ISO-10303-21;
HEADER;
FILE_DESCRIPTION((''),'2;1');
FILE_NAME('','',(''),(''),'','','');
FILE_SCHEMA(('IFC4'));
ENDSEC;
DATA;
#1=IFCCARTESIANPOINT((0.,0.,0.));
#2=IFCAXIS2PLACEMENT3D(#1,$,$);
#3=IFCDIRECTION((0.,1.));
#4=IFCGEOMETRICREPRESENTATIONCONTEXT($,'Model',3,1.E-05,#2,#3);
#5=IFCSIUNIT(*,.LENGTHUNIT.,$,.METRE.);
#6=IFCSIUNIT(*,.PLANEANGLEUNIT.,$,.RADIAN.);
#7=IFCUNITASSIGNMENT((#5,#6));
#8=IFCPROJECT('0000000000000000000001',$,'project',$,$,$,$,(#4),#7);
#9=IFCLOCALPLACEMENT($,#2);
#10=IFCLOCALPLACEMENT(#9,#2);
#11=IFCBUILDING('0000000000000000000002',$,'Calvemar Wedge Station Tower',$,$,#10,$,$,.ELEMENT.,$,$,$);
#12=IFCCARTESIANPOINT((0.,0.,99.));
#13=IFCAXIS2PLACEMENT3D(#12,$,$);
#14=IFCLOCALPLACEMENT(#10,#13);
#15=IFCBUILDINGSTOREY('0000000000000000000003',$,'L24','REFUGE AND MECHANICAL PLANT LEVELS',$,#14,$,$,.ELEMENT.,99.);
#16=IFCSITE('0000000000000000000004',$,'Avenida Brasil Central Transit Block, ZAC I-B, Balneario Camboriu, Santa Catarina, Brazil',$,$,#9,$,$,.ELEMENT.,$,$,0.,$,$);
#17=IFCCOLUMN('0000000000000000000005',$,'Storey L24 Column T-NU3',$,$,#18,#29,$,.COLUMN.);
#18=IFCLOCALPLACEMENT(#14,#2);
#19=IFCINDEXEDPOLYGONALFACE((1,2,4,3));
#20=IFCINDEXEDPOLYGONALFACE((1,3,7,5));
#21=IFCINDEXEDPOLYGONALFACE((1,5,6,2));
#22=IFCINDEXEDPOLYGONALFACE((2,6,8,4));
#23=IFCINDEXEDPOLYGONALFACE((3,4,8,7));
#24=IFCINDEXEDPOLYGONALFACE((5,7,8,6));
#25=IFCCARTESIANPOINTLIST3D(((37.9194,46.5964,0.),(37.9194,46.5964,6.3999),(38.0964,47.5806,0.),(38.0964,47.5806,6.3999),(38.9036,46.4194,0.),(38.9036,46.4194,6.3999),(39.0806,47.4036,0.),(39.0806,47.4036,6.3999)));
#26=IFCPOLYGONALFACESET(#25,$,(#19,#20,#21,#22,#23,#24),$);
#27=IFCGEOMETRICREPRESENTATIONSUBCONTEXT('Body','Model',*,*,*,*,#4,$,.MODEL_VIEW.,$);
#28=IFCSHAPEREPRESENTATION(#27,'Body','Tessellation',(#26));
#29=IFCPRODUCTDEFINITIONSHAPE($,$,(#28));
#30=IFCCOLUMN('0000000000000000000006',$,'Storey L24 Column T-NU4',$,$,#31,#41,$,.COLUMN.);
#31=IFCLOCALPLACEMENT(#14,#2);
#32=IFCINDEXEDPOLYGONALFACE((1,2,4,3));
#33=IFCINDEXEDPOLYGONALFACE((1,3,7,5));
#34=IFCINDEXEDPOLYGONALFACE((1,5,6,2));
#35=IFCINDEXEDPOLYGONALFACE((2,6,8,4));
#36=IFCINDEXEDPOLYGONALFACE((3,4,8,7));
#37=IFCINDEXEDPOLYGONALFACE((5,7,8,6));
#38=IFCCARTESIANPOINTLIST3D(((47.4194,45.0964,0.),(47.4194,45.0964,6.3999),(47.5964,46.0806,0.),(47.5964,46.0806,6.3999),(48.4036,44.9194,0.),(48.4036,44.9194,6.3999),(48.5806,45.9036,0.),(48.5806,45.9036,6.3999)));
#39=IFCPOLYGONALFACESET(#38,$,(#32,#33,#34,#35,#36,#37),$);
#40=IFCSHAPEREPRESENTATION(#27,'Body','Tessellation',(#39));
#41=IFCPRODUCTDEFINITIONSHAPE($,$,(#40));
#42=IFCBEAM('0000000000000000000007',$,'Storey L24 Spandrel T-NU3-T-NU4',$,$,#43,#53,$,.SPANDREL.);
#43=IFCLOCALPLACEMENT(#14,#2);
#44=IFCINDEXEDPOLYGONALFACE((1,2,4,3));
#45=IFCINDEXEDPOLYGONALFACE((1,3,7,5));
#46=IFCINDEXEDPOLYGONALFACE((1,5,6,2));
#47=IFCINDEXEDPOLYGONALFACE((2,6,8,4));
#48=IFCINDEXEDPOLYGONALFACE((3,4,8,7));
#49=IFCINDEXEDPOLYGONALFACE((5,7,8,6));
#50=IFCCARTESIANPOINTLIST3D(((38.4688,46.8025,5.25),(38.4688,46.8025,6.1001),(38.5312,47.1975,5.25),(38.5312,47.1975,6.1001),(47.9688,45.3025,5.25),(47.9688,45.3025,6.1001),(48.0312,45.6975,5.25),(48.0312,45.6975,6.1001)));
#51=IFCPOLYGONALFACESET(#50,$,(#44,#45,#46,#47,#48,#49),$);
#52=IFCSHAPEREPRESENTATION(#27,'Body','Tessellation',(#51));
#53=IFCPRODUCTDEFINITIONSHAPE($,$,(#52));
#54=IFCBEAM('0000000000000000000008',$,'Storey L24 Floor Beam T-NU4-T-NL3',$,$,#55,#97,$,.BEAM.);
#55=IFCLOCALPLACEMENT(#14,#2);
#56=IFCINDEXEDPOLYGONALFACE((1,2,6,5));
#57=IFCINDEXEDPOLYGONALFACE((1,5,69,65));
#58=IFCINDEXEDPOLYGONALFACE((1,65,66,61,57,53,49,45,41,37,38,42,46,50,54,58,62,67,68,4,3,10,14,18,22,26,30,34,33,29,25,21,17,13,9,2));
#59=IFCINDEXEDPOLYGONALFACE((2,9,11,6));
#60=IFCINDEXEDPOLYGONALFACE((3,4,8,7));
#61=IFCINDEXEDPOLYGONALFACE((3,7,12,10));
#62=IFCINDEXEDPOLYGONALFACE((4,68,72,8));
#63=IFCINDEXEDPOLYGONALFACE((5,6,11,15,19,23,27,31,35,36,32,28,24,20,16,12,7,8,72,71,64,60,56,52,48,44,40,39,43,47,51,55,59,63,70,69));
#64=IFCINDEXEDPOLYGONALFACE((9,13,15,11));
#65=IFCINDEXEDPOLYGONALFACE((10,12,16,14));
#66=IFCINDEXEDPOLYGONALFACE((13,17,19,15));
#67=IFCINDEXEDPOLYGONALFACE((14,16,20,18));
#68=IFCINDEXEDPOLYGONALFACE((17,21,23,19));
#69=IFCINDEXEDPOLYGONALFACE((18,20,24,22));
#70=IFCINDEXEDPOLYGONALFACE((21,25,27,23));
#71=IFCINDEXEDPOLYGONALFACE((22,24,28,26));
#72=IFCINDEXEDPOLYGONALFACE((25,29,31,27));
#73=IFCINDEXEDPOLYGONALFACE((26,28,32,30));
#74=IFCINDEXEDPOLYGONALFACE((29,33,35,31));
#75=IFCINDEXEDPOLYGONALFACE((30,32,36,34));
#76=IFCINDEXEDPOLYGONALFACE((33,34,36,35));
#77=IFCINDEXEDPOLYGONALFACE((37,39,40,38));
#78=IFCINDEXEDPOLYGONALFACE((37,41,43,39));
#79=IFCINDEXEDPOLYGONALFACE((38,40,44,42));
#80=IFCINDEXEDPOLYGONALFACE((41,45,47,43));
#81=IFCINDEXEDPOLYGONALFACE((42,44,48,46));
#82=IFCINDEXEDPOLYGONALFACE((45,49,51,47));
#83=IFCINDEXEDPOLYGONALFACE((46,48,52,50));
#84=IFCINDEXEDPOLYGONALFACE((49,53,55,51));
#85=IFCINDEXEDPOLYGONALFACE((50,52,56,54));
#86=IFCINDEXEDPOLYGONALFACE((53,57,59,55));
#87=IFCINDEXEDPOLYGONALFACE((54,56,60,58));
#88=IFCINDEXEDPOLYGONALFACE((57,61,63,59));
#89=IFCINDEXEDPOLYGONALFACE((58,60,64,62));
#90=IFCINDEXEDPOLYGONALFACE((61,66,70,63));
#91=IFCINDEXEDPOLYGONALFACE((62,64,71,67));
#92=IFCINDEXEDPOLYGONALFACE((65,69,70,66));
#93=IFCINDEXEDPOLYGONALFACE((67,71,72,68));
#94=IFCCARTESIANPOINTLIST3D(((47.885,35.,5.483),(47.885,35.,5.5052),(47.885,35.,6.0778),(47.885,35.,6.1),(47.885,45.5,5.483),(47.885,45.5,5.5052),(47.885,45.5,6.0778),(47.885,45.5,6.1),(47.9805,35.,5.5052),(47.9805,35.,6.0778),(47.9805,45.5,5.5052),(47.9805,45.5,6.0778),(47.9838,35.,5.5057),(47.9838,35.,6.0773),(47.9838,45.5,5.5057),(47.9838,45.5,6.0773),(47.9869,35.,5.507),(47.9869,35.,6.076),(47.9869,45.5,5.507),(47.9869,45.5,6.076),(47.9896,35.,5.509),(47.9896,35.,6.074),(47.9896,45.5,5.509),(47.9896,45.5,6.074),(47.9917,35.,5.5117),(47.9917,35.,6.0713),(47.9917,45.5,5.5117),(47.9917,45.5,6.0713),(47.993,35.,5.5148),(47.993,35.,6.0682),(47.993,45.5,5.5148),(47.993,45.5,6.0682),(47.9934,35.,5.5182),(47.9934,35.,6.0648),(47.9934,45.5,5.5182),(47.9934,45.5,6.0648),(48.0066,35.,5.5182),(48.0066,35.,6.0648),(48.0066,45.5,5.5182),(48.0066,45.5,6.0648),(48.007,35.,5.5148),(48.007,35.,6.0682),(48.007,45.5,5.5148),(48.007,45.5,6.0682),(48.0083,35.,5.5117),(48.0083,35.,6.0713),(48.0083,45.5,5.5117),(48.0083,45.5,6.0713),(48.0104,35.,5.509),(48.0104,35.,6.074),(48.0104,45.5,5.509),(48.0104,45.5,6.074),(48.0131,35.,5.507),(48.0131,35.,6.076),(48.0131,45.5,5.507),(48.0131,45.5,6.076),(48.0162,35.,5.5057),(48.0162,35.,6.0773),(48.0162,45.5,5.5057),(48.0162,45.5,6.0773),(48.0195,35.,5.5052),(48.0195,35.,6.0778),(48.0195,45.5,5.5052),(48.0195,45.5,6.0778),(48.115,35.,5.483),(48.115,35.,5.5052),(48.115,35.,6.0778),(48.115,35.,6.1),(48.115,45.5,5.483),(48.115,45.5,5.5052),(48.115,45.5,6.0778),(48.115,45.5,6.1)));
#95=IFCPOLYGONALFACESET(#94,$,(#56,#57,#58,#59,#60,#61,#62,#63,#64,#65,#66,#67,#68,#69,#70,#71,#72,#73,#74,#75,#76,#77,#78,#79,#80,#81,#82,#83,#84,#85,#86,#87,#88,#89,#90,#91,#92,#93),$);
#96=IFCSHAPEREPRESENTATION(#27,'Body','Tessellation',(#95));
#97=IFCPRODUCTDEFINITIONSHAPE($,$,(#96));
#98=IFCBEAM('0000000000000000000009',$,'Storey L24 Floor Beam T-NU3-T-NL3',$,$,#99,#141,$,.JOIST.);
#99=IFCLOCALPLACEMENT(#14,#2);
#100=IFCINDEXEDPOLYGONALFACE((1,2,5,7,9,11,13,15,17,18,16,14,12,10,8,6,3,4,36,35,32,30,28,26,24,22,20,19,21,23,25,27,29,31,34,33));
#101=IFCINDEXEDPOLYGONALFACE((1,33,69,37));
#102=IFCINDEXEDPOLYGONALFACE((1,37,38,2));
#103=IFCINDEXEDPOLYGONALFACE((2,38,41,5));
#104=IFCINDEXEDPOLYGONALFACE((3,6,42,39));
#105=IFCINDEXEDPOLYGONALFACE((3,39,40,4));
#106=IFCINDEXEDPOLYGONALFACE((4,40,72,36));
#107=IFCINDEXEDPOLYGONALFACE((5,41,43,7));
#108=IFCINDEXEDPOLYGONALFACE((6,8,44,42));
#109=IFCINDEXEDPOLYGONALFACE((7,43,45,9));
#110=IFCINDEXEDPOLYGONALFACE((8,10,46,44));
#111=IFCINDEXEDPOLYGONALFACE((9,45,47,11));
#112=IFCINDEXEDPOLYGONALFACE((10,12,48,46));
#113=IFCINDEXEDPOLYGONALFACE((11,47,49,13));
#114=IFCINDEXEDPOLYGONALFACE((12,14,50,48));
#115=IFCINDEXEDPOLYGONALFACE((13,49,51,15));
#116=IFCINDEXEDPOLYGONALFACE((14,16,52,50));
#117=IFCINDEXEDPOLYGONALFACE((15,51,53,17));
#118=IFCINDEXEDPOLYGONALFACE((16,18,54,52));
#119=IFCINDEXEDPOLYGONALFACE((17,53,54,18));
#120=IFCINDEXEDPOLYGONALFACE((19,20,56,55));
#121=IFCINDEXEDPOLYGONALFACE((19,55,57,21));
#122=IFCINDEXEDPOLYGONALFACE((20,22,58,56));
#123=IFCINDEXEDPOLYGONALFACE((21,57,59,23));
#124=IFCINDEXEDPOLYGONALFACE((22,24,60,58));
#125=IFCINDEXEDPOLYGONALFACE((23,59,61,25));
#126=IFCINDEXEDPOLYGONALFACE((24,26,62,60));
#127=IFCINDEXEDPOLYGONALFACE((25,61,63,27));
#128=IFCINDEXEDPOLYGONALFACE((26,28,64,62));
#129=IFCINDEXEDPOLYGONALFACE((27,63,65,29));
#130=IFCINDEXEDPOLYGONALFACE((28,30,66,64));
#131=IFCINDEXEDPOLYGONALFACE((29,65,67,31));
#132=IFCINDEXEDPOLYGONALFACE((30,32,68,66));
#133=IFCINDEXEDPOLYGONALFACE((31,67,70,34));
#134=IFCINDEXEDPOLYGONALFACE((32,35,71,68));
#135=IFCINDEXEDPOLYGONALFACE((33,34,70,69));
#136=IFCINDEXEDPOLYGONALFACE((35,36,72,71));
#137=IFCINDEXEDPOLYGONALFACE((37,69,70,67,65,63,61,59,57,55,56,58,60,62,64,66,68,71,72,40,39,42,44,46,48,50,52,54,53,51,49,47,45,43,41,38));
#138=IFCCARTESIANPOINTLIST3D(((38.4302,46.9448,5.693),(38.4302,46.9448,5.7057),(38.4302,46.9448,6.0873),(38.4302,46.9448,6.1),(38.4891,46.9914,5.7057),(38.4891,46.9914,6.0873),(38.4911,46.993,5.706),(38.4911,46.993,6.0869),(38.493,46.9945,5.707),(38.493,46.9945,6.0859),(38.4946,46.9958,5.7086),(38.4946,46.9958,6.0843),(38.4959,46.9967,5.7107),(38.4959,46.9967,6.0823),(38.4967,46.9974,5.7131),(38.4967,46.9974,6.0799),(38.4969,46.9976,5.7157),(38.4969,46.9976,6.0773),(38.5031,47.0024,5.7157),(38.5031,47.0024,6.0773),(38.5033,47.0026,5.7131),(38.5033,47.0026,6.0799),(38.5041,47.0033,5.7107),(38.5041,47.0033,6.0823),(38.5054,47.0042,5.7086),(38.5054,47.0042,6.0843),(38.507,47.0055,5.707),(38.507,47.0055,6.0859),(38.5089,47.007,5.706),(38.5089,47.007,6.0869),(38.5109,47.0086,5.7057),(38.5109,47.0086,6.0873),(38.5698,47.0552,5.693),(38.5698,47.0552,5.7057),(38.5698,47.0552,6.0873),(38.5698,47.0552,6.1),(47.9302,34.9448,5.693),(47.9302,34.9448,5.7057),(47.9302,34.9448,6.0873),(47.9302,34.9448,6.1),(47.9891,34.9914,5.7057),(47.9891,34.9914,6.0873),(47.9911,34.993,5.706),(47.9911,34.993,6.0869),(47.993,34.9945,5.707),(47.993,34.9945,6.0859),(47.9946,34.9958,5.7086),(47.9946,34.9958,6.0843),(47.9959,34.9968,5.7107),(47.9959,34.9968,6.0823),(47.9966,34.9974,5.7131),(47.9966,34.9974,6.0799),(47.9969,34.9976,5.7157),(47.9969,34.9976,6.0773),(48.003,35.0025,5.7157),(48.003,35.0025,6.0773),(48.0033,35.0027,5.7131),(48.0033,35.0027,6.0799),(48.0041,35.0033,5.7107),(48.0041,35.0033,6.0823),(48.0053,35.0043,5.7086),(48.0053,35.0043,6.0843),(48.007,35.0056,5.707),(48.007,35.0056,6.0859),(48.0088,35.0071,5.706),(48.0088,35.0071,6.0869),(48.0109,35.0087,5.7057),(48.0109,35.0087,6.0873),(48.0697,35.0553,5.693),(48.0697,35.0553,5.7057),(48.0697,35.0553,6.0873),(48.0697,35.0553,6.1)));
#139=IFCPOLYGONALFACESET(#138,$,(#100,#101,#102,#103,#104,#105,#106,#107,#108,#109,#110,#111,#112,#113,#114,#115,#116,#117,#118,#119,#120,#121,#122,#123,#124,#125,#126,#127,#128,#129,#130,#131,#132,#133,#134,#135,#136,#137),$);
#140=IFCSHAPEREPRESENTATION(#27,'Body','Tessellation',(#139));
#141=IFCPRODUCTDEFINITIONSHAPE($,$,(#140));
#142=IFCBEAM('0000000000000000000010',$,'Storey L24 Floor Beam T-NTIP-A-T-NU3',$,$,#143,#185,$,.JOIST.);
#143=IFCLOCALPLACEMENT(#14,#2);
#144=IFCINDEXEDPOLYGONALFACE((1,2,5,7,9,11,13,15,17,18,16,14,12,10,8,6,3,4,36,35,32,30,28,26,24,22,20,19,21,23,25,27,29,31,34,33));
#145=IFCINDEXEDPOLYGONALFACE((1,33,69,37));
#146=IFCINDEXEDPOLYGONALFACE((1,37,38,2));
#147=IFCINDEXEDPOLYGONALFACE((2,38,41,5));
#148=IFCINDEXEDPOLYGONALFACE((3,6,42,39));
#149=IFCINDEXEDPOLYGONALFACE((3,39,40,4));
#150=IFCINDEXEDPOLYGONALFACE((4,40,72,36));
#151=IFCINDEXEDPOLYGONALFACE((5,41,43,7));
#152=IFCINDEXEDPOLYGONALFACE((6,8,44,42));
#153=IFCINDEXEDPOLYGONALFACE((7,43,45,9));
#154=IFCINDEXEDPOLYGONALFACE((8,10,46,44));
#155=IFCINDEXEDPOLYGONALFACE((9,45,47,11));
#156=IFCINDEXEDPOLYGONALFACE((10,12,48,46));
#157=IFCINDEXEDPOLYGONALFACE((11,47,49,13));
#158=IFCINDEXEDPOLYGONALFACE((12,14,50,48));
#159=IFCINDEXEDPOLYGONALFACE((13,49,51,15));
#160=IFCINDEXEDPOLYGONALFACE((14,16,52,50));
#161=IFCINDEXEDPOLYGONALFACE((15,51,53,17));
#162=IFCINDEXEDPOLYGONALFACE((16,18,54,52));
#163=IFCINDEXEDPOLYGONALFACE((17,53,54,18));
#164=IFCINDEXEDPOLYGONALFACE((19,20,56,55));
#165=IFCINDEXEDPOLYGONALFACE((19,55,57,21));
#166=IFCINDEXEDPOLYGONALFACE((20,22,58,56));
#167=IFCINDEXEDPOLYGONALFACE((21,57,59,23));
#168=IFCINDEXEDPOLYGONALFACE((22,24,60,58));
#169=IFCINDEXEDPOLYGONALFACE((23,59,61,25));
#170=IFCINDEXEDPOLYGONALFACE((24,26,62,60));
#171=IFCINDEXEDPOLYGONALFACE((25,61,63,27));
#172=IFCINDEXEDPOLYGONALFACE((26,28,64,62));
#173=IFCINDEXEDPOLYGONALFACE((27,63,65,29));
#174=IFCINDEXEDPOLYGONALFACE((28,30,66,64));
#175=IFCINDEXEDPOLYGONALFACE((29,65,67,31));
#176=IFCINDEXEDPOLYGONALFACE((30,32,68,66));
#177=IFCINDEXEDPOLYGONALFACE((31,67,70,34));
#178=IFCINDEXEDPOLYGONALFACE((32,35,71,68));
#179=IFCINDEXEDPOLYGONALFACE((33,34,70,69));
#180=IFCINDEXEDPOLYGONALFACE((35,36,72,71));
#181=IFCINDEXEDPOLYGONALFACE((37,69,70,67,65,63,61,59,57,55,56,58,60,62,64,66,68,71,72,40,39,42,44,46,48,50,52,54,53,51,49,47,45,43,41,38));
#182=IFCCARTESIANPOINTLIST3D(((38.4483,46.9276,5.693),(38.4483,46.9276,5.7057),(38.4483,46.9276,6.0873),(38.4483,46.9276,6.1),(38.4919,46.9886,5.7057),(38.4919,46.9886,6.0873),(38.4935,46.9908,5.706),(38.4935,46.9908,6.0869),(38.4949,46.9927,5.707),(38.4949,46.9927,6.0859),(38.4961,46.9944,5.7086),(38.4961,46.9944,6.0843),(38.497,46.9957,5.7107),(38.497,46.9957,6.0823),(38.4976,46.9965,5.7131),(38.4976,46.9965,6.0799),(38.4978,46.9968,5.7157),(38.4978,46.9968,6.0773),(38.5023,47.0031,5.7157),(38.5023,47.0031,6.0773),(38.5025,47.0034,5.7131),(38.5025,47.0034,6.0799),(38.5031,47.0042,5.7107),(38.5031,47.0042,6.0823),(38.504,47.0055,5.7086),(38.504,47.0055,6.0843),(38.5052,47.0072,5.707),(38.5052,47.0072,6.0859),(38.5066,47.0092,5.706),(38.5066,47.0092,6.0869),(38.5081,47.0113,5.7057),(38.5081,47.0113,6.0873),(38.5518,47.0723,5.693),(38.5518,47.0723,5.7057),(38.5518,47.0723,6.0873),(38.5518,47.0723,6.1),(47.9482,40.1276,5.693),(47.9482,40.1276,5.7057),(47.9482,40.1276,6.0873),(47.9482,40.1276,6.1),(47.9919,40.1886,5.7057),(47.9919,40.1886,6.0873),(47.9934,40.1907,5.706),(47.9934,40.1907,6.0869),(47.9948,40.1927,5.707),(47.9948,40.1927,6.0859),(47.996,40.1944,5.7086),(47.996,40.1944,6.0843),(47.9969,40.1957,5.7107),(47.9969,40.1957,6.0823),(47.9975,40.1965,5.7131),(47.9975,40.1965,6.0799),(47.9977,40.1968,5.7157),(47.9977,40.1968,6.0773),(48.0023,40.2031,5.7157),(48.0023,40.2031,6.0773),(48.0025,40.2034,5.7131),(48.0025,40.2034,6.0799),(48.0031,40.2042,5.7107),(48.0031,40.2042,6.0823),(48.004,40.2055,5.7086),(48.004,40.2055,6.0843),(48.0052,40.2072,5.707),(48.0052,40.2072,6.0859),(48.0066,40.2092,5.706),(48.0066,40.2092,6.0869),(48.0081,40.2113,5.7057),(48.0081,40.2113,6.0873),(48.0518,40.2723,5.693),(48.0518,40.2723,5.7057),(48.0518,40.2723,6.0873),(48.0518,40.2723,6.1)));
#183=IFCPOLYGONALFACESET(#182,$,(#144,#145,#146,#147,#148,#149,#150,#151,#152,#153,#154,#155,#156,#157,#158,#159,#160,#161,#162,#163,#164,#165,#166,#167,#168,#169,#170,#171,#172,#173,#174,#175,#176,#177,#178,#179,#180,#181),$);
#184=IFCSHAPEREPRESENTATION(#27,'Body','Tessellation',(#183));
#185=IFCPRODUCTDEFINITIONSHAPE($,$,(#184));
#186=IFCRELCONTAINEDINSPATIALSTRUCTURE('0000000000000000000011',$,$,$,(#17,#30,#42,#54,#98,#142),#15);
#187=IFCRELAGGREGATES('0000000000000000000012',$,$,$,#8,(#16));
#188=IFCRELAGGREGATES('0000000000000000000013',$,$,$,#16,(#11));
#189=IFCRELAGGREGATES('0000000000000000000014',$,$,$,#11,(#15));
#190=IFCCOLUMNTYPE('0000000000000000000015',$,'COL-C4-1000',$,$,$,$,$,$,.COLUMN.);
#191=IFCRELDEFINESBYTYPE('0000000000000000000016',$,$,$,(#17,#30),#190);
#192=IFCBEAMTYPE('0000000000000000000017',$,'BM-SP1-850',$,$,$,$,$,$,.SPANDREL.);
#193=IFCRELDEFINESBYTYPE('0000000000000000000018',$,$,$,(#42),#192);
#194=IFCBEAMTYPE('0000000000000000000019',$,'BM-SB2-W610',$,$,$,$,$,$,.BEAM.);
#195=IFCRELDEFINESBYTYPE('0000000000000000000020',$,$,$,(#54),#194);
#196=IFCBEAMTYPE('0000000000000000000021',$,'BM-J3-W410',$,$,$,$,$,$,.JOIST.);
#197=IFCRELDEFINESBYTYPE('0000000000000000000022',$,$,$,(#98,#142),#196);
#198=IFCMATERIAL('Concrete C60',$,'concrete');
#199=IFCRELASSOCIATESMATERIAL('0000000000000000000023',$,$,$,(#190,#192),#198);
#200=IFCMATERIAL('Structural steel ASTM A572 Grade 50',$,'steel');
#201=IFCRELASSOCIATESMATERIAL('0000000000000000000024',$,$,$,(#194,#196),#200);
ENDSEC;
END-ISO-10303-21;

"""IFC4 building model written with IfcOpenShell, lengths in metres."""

from ifc_helpers import new_model, si_unit, direction, frame, origin, origin_2d, place, context, subcontext, project, spatial, rectangle, i_section, extrude, source, transform, mapped, material, material_profile, profile_set, type_object, element, save


model = new_model("IFC4")

# Units and contexts
model_context = context("Model", 3, precision=1e-05, world=origin(), true_north=direction((0.0, 1.0)))
body_context = subcontext(model_context, "Body", "Model", "MODEL_VIEW")
ifc_project = project(units=[si_unit("LENGTHUNIT", "METRE"), si_unit("PLANEANGLEUNIT", "RADIAN")], contexts=[model_context])

# Site, building, storey
site_placement = place(None, origin())
site = spatial("IfcSite", under=ifc_project, at=site_placement, Name="Avenida Brasil Central Transit Block, ZAC I-B, Balneario Camboriu, Santa Catarina, Brazil", CompositionType="ELEMENT", RefElevation=0.0)
building_placement = place(site_placement, origin())
building = spatial("IfcBuilding", under=site, at=building_placement, Name="Calvemar Wedge Station Tower", CompositionType="ELEMENT")
storey_placement = place(building_placement, frame((0.0, 0.0, 99.0)))
storey = spatial("IfcBuildingStorey", under=building, at=storey_placement, Name="L24", Description="REFUGE AND MECHANICAL PLANT LEVELS", CompositionType="ELEMENT", Elevation=99.0)

# Columns
ifc_material_1 = material(Name="Concrete C60", Category="concrete")
ifc_material_profile_1 = material_profile(ifc_material_1, rectangle(XDim=1.0, YDim=1.0, at=origin_2d()), Name="RC1000x1000")
ifc_profile_set_1 = profile_set([ifc_material_profile_1], Name="Concrete C60")
column_type = type_object("IfcColumnType", Name="COL-C4-1000", PredefinedType="COLUMN", material=ifc_profile_set_1)
shared_shape_1 = source(origin(), body_context, "Body", "SweptSolid", [
    extrude(rectangle(XDim=1.0, YDim=1.0, at=origin_2d()), origin(), (0.0, 0.0, 1.0), 6.3999),
])
for number, where, z_axis, x_axis, name in (
    (1, (38.5, 47.0, 0.0), (0.0, 0.0, 1.0), (0.984196, -0.177085, 0.0), "Storey L24 Column T-NU3"),
    (2, (48.0, 45.5, 0.0), (0.0, 0.0, 1.0), (0.984196, -0.177085, 0.0), "Storey L24 Column T-NU4"),
):
    element("IfcColumn", number, at=place(storey_placement, frame(where, z_axis=z_axis, x_axis=x_axis)), inside=storey, type_object=column_type, Name=name, PredefinedType="COLUMN", context=body_context, shape_type="MappedRepresentation", body=[
        mapped(shared_shape_1, transform((0.0, 0.0, 0.0), scale=1.0)),
    ])

# Beams
ifc_material_profile_2 = material_profile(ifc_material_1, rectangle(XDim=0.3999, YDim=0.8501, at=origin_2d()), Name="RC400x850")
ifc_profile_set_2 = profile_set([ifc_material_profile_2], Name="Concrete C60")
beam_type_1 = type_object("IfcBeamType", Name="BM-SP1-850", PredefinedType="SPANDREL", material=ifc_profile_set_2)
shared_shape_2 = source(origin(), body_context, "Body", "SweptSolid", [
    extrude(rectangle(XDim=0.3999, YDim=0.8501, at=origin_2d()), origin(), (0.0, 0.0, 1.0), 9.6177),
])
beam_1_placement = place(storey_placement, frame((38.5, 47.0, 5.675), z_axis=(0.987763, -0.155963, 0.0), x_axis=(0.155963, 0.987763, 0.0)))
element("IfcBeam", 3, at=beam_1_placement, inside=storey, type_object=beam_type_1, Name="Storey L24 Spandrel T-NU3-T-NU4", PredefinedType="SPANDREL", context=body_context, shape_type="MappedRepresentation", body=[
    mapped(shared_shape_2, transform((0.0, 0.0, 0.0), scale=1.0)),
])
ifc_material_2 = material(Name="Structural steel ASTM A572 Grade 50", Category="steel")
ifc_material_profile_3 = material_profile(ifc_material_2, i_section(OverallWidth=0.23, OverallDepth=0.6169, WebThickness=0.0132, FlangeThickness=0.0222, FilletRadius=0.0129, at=origin_2d()), Name="W610x140")
ifc_profile_set_3 = profile_set([ifc_material_profile_3], Name="Structural steel ASTM A572 Grade 50")
beam_type_2 = type_object("IfcBeamType", Name="BM-SB2-W610", PredefinedType="BEAM", material=ifc_profile_set_3)
shared_shape_3 = source(origin(), body_context, "Body", "SweptSolid", [
    extrude(i_section(OverallWidth=0.23, OverallDepth=0.6169, WebThickness=0.0132, FlangeThickness=0.0222, FilletRadius=0.0129, at=origin_2d()), origin(), (0.0, 0.0, 1.0), 10.5),
])
beam_2_placement = place(storey_placement, frame((48.0, 45.5, 5.7915), z_axis=(0.0, -1.0, 0.0), x_axis=(1.0, 0.0, 0.0)))
element("IfcBeam", 4, at=beam_2_placement, inside=storey, type_object=beam_type_2, Name="Storey L24 Floor Beam T-NU4-T-NL3", PredefinedType="BEAM", context=body_context, shape_type="MappedRepresentation", body=[
    mapped(shared_shape_3, transform((0.0, 0.0, 0.0), scale=1.0)),
])
ifc_material_profile_4 = material_profile(ifc_material_2, i_section(OverallWidth=0.178, OverallDepth=0.407, WebThickness=0.0078, FlangeThickness=0.0127, FilletRadius=0.01, at=origin_2d()), Name="W410x60")
ifc_profile_set_4 = profile_set([ifc_material_profile_4], Name="Structural steel ASTM A572 Grade 50")
beam_type_3 = type_object("IfcBeamType", Name="BM-J3-W410", PredefinedType="JOIST", material=ifc_profile_set_4)
shared_shape_4 = source(origin(), body_context, "Body", "SweptSolid", [
    extrude(i_section(OverallWidth=0.178, OverallDepth=0.407, WebThickness=0.0078, FlangeThickness=0.0127, FilletRadius=0.01, at=origin_2d()), origin(), (0.0, 0.0, 1.0), 15.3052),
])
beam_3_placement = place(storey_placement, frame((38.5, 47.0, 5.8965), z_axis=(0.620703, -0.784046, 0.0), x_axis=(0.784046, 0.620703, 0.0)))
element("IfcBeam", 5, at=beam_3_placement, inside=storey, type_object=beam_type_3, Name="Storey L24 Floor Beam T-NU3-T-NL3", PredefinedType="JOIST", context=body_context, shape_type="MappedRepresentation", body=[
    mapped(shared_shape_4, transform((0.0, 0.0, 0.0), scale=1.0)),
])
shared_shape_5 = source(origin(), body_context, "Body", "SweptSolid", [
    extrude(i_section(OverallWidth=0.178, OverallDepth=0.407, WebThickness=0.0078, FlangeThickness=0.0127, FilletRadius=0.01, at=origin_2d()), origin(), (0.0, 0.0, 1.0), 11.6829),
])
beam_4_placement = place(storey_placement, frame((48.0, 40.2, 5.8965), z_axis=(-0.813153, 0.58205, 0.0), x_axis=(-0.58205, -0.813153, 0.0)))
element("IfcBeam", 6, at=beam_4_placement, inside=storey, type_object=beam_type_3, Name="Storey L24 Floor Beam T-NTIP-A-T-NU3", PredefinedType="JOIST", context=body_context, shape_type="MappedRepresentation", body=[
    mapped(shared_shape_5, transform((0.0, 0.0, 0.0), scale=1.0)),
])

save(model, "model.ifc")
